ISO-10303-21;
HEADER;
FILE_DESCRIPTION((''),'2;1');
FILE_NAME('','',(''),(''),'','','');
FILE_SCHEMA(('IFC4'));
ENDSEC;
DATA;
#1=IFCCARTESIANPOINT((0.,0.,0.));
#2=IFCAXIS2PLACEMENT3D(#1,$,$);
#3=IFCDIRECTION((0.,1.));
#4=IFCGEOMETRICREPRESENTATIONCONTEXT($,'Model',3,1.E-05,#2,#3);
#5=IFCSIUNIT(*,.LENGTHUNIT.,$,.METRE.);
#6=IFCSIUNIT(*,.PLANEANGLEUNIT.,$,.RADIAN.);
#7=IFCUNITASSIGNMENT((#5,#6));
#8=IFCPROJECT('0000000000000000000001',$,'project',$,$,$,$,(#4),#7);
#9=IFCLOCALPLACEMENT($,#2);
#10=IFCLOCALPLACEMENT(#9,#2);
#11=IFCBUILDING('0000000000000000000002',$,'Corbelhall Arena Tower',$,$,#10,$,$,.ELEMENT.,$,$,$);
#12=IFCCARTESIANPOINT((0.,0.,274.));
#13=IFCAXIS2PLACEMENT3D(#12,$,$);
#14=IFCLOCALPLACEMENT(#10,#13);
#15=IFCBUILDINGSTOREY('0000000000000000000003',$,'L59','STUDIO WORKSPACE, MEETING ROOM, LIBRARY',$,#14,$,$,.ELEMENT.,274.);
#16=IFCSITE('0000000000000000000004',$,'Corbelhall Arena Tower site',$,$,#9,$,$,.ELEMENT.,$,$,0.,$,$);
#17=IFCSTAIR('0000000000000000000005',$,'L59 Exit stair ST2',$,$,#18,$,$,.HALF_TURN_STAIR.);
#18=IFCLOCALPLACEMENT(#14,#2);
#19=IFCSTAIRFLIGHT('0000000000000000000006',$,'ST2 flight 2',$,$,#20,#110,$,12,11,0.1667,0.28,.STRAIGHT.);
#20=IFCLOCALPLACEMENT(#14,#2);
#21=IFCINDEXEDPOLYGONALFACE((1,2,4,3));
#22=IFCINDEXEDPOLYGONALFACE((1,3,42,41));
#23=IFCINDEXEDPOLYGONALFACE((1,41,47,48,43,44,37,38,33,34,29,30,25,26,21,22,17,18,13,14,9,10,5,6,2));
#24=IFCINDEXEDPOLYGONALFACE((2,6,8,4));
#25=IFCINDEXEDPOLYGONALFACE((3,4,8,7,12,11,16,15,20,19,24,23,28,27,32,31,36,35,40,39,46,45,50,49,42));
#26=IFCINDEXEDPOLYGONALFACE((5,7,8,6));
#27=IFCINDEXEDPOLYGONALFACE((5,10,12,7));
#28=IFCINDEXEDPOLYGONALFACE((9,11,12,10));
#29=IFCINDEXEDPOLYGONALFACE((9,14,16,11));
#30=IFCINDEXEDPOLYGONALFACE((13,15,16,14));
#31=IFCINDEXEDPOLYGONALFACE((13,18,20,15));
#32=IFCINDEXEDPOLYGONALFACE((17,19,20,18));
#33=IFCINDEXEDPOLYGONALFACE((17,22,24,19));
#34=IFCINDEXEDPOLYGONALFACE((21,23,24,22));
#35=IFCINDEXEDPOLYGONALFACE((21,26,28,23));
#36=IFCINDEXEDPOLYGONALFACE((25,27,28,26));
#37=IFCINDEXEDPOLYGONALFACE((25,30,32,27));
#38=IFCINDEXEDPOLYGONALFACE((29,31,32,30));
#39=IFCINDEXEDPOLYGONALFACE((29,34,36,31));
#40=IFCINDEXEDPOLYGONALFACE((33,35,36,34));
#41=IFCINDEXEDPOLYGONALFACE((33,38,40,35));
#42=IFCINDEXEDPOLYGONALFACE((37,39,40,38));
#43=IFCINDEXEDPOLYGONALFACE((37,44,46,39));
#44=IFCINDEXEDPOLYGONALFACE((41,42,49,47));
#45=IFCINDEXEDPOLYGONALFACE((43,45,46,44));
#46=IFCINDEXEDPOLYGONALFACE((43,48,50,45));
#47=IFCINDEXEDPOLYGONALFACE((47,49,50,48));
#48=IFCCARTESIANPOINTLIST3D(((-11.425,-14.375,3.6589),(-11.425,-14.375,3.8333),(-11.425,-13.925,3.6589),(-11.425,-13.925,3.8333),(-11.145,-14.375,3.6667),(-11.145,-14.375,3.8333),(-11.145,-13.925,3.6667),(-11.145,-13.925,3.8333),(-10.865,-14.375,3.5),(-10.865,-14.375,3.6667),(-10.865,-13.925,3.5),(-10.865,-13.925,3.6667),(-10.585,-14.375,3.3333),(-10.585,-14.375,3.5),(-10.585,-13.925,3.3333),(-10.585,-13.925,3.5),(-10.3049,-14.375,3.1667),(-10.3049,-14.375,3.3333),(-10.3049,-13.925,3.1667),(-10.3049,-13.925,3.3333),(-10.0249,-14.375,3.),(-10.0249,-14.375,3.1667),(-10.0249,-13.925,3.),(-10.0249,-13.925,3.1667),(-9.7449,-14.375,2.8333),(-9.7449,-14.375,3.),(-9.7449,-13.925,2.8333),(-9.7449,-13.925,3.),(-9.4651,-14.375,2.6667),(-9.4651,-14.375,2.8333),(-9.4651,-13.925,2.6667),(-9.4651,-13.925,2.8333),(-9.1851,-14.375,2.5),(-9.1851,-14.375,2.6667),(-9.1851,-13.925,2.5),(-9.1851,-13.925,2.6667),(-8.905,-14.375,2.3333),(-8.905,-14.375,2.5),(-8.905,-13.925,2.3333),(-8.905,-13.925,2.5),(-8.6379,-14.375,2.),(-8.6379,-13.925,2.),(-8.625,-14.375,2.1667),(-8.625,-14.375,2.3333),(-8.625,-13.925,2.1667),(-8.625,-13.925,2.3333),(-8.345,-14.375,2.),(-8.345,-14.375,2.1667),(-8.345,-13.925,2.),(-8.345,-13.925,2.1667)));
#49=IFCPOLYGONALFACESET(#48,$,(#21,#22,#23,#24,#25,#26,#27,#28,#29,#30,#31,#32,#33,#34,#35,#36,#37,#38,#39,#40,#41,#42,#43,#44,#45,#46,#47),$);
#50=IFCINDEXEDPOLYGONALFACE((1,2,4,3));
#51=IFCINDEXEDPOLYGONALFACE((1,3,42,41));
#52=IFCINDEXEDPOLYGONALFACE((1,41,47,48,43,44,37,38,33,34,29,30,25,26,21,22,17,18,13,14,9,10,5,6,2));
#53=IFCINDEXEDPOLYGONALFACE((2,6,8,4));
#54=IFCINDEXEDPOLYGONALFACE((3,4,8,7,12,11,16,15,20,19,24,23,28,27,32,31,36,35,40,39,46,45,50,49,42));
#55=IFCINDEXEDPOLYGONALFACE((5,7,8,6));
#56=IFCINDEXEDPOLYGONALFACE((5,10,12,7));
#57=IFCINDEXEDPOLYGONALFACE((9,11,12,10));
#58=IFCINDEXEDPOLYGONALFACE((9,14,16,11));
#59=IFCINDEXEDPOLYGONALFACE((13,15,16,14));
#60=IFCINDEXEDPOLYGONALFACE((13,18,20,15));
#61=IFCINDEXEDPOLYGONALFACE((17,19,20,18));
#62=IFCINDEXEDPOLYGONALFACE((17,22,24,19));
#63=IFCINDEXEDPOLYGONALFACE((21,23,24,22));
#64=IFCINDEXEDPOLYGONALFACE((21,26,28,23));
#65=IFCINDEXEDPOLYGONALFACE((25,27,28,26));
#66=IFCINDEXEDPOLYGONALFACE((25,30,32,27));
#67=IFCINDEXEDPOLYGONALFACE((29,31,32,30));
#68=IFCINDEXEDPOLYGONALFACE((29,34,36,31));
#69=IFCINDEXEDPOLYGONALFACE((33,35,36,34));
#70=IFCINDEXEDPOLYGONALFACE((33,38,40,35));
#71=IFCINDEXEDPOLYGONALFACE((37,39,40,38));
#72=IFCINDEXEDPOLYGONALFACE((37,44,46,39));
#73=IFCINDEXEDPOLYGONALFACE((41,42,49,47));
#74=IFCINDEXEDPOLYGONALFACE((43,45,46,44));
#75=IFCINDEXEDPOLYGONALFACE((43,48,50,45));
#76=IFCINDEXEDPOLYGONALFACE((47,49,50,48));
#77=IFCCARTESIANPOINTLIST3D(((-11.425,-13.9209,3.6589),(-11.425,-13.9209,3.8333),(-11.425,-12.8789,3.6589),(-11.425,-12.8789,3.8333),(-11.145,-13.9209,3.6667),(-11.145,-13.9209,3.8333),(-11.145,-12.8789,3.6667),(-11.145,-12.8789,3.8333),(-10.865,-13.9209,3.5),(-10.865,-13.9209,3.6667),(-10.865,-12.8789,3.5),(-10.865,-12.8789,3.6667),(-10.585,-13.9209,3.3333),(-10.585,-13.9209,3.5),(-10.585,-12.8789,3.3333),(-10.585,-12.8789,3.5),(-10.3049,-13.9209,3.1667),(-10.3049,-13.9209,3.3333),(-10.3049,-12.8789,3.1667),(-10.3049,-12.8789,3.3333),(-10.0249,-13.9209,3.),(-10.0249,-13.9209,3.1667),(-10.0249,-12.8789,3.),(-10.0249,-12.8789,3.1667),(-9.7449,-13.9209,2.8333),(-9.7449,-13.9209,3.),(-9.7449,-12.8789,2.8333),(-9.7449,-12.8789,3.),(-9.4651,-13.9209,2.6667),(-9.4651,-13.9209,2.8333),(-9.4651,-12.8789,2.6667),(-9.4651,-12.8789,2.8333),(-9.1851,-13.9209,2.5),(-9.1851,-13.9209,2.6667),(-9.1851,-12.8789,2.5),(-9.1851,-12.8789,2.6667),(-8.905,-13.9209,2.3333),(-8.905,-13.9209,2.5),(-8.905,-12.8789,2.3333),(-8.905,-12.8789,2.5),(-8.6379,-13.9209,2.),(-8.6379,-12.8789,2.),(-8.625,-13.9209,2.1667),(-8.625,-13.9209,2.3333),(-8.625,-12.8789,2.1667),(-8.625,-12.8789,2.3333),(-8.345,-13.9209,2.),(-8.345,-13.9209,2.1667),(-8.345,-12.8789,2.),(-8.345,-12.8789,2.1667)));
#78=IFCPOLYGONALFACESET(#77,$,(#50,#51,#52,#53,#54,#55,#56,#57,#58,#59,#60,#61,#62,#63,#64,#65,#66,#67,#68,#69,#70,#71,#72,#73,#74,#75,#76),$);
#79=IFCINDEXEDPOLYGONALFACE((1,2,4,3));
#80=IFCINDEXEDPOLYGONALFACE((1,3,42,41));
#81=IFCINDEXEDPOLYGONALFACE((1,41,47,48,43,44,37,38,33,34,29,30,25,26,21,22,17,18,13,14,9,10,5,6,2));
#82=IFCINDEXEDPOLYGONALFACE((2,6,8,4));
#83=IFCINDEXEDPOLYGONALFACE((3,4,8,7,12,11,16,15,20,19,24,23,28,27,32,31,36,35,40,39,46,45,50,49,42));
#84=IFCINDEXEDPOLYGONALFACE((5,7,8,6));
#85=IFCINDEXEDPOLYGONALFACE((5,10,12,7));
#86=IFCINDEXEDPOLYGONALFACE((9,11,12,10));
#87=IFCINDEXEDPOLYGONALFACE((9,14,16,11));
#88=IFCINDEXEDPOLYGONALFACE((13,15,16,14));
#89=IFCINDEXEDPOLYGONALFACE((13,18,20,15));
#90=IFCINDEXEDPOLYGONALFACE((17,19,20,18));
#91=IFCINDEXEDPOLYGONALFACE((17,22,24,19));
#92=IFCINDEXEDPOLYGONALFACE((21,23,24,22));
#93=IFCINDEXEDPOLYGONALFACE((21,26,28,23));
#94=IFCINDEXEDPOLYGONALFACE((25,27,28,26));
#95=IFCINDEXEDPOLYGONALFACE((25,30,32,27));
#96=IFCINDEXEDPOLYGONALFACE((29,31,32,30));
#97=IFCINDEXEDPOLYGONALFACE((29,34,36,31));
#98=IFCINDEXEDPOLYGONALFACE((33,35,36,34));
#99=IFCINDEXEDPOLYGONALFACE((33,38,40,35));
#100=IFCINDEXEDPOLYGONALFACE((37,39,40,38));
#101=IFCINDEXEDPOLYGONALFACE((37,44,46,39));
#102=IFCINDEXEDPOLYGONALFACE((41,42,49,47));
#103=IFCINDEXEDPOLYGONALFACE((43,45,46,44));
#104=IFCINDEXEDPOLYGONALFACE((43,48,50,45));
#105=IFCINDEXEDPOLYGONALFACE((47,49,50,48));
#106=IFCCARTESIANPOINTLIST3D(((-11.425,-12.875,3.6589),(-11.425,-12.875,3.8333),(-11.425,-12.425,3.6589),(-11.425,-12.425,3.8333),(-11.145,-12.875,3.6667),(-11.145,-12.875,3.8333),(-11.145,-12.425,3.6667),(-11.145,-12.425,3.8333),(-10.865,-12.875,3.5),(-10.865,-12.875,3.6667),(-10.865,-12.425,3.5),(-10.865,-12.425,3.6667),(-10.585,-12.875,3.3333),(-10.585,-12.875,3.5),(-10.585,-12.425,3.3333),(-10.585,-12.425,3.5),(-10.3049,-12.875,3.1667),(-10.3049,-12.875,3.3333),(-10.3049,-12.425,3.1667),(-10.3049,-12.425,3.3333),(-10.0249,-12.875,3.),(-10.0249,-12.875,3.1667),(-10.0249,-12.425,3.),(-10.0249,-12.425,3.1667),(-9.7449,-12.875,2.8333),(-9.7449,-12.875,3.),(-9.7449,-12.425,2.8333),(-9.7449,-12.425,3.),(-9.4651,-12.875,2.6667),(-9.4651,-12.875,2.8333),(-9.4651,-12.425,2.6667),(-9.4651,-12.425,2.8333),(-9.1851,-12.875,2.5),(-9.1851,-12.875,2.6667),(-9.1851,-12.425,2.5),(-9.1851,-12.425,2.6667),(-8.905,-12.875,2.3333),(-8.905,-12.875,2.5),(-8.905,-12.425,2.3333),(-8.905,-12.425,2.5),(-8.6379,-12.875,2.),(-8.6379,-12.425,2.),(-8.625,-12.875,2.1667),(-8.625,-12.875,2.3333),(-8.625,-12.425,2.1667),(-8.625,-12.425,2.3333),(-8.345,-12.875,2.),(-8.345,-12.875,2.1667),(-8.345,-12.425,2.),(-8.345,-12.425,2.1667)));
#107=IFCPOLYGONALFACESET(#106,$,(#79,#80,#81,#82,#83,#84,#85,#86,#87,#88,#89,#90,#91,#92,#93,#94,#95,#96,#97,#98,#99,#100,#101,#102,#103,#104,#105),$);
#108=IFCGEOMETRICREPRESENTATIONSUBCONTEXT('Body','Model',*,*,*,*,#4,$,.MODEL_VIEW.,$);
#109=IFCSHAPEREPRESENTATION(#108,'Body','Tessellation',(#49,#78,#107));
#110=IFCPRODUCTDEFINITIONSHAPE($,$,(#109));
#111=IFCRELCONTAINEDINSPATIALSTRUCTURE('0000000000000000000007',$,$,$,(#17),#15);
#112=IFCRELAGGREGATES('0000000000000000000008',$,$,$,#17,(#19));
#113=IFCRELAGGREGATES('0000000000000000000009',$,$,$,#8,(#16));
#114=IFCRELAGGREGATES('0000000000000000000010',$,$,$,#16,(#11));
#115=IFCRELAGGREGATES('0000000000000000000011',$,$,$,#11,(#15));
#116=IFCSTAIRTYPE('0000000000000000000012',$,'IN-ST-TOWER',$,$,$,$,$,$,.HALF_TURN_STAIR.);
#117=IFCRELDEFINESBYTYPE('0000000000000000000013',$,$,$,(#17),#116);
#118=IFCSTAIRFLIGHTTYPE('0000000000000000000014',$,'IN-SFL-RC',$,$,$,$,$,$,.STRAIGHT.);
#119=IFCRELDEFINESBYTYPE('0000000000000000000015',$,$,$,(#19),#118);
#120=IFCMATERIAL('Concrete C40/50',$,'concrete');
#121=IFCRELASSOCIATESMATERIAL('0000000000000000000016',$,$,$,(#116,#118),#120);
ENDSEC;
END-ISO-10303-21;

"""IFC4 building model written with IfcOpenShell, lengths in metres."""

from ifc_helpers import new_model, si_unit, direction, frame, origin, place, context, subcontext, project, spatial, polyline, outline, extrude, material, type_object, element, aggregate, save


model = new_model("IFC4")

# Units and contexts
model_context = context("Model", 3, precision=1e-05, world=origin(), true_north=direction((0.0, 1.0)))
body_context = subcontext(model_context, "Body", "Model", "MODEL_VIEW")
ifc_project = project(units=[si_unit("LENGTHUNIT", "METRE"), si_unit("PLANEANGLEUNIT", "RADIAN")], contexts=[model_context])

# Site, building, storey
site_placement = place(None, origin())
site = spatial("IfcSite", under=ifc_project, at=site_placement, Name="Corbelhall Arena Tower site", CompositionType="ELEMENT", RefElevation=0.0)
building_placement = place(site_placement, origin())
building = spatial("IfcBuilding", under=site, at=building_placement, Name="Corbelhall Arena Tower", CompositionType="ELEMENT")
storey_placement = place(building_placement, frame((0.0, 0.0, 274.0)))
storey = spatial("IfcBuildingStorey", under=building, at=storey_placement, Name="L59", Description="STUDIO WORKSPACE, MEETING ROOM, LIBRARY", CompositionType="ELEMENT", Elevation=274.0)

# Shared definitions
ifc_material_1 = material(Name="Concrete C40/50", Category="concrete")

# Stair, stair flight
stair_type = type_object("IfcStairType", Name="IN-ST-TOWER", PredefinedType="HALF_TURN_STAIR", material=ifc_material_1)
stair_placement = place(storey_placement, origin())
stair = element("IfcStair", 1, at=stair_placement, inside=storey, type_object=stair_type, Name="L59 Exit stair ST2", PredefinedType="HALF_TURN_STAIR")
stair_flight_type = type_object("IfcStairFlightType", Name="IN-SFL-RC", PredefinedType="STRAIGHT", material=ifc_material_1)
stair_flight_1_placement = place(storey_placement, frame((-8.345, -13.3999, 2.0), z_axis=(0.0, 0.0, 1.0), x_axis=(-1.0, 0.0, 0.0)))
stair_flight_1 = element("IfcStairFlight", 2, at=stair_flight_1_placement, type_object=stair_flight_type, Name="ST2 flight 2", NumberOfRisers=12, NumberOfTreads=11, PredefinedType="STRAIGHT", RiserHeight=0.1667, TreadLength=0.28, context=body_context, shape_type="SweptSolid", body=[
    extrude(outline(polyline([(0.0, 0.0), (0.0, 0.1667), (0.28, 0.1667), (0.28, 0.3333), (0.5601, 0.3333), (0.5601, 0.5), (0.8401, 0.5), (0.8401, 0.6667), (1.1201, 0.6667), (1.1201, 0.8333), (1.3999, 0.8333), (1.3999, 1.0), (1.6799, 1.0), (1.6799, 1.1667), (1.96, 1.1667), (1.96, 1.3333), (2.24, 1.3333), (2.24, 1.5), (2.52, 1.5), (2.52, 1.6667), (2.8, 1.6667), (2.8, 1.8333), (3.0801, 1.8333), (3.0801, 2.0), (3.0801, 1.6589), (0.293, 0.0), (0.0, 0.0)])), frame((0.0, 0.9751, 0.0), z_axis=(0.0, -1.0, 0.0), x_axis=(1.0, 0.0, 0.0)), (0.0, 0.0, 1.0), 0.45),
    extrude(outline(polyline([(0.0, 0.0), (0.0, 0.1667), (0.28, 0.1667), (0.28, 0.3333), (0.5601, 0.3333), (0.5601, 0.5), (0.8401, 0.5), (0.8401, 0.6667), (1.1201, 0.6667), (1.1201, 0.8333), (1.3999, 0.8333), (1.3999, 1.0), (1.6799, 1.0), (1.6799, 1.1667), (1.96, 1.1667), (1.96, 1.3333), (2.24, 1.3333), (2.24, 1.5), (2.52, 1.5), (2.52, 1.6667), (2.8, 1.6667), (2.8, 1.8333), (3.0801, 1.8333), (3.0801, 2.0), (3.0801, 1.6589), (0.293, 0.0), (0.0, 0.0)])), frame((0.0, 0.521, 0.0), z_axis=(0.0, -1.0, 0.0), x_axis=(1.0, 0.0, 0.0)), (0.0, 0.0, 1.0), 1.042),
    extrude(outline(polyline([(0.0, 0.0), (0.0, 0.1667), (0.28, 0.1667), (0.28, 0.3333), (0.5601, 0.3333), (0.5601, 0.5), (0.8401, 0.5), (0.8401, 0.6667), (1.1201, 0.6667), (1.1201, 0.8333), (1.3999, 0.8333), (1.3999, 1.0), (1.6799, 1.0), (1.6799, 1.1667), (1.96, 1.1667), (1.96, 1.3333), (2.24, 1.3333), (2.24, 1.5), (2.52, 1.5), (2.52, 1.6667), (2.8, 1.6667), (2.8, 1.8333), (3.0801, 1.8333), (3.0801, 2.0), (3.0801, 1.6589), (0.293, 0.0), (0.0, 0.0)])), frame((0.0, -0.5249, 0.0), z_axis=(0.0, -1.0, 0.0), x_axis=(1.0, 0.0, 0.0)), (0.0, 0.0, 1.0), 0.45),
])
aggregate(stair, [stair_flight_1])

save(model, "model.ifc")
